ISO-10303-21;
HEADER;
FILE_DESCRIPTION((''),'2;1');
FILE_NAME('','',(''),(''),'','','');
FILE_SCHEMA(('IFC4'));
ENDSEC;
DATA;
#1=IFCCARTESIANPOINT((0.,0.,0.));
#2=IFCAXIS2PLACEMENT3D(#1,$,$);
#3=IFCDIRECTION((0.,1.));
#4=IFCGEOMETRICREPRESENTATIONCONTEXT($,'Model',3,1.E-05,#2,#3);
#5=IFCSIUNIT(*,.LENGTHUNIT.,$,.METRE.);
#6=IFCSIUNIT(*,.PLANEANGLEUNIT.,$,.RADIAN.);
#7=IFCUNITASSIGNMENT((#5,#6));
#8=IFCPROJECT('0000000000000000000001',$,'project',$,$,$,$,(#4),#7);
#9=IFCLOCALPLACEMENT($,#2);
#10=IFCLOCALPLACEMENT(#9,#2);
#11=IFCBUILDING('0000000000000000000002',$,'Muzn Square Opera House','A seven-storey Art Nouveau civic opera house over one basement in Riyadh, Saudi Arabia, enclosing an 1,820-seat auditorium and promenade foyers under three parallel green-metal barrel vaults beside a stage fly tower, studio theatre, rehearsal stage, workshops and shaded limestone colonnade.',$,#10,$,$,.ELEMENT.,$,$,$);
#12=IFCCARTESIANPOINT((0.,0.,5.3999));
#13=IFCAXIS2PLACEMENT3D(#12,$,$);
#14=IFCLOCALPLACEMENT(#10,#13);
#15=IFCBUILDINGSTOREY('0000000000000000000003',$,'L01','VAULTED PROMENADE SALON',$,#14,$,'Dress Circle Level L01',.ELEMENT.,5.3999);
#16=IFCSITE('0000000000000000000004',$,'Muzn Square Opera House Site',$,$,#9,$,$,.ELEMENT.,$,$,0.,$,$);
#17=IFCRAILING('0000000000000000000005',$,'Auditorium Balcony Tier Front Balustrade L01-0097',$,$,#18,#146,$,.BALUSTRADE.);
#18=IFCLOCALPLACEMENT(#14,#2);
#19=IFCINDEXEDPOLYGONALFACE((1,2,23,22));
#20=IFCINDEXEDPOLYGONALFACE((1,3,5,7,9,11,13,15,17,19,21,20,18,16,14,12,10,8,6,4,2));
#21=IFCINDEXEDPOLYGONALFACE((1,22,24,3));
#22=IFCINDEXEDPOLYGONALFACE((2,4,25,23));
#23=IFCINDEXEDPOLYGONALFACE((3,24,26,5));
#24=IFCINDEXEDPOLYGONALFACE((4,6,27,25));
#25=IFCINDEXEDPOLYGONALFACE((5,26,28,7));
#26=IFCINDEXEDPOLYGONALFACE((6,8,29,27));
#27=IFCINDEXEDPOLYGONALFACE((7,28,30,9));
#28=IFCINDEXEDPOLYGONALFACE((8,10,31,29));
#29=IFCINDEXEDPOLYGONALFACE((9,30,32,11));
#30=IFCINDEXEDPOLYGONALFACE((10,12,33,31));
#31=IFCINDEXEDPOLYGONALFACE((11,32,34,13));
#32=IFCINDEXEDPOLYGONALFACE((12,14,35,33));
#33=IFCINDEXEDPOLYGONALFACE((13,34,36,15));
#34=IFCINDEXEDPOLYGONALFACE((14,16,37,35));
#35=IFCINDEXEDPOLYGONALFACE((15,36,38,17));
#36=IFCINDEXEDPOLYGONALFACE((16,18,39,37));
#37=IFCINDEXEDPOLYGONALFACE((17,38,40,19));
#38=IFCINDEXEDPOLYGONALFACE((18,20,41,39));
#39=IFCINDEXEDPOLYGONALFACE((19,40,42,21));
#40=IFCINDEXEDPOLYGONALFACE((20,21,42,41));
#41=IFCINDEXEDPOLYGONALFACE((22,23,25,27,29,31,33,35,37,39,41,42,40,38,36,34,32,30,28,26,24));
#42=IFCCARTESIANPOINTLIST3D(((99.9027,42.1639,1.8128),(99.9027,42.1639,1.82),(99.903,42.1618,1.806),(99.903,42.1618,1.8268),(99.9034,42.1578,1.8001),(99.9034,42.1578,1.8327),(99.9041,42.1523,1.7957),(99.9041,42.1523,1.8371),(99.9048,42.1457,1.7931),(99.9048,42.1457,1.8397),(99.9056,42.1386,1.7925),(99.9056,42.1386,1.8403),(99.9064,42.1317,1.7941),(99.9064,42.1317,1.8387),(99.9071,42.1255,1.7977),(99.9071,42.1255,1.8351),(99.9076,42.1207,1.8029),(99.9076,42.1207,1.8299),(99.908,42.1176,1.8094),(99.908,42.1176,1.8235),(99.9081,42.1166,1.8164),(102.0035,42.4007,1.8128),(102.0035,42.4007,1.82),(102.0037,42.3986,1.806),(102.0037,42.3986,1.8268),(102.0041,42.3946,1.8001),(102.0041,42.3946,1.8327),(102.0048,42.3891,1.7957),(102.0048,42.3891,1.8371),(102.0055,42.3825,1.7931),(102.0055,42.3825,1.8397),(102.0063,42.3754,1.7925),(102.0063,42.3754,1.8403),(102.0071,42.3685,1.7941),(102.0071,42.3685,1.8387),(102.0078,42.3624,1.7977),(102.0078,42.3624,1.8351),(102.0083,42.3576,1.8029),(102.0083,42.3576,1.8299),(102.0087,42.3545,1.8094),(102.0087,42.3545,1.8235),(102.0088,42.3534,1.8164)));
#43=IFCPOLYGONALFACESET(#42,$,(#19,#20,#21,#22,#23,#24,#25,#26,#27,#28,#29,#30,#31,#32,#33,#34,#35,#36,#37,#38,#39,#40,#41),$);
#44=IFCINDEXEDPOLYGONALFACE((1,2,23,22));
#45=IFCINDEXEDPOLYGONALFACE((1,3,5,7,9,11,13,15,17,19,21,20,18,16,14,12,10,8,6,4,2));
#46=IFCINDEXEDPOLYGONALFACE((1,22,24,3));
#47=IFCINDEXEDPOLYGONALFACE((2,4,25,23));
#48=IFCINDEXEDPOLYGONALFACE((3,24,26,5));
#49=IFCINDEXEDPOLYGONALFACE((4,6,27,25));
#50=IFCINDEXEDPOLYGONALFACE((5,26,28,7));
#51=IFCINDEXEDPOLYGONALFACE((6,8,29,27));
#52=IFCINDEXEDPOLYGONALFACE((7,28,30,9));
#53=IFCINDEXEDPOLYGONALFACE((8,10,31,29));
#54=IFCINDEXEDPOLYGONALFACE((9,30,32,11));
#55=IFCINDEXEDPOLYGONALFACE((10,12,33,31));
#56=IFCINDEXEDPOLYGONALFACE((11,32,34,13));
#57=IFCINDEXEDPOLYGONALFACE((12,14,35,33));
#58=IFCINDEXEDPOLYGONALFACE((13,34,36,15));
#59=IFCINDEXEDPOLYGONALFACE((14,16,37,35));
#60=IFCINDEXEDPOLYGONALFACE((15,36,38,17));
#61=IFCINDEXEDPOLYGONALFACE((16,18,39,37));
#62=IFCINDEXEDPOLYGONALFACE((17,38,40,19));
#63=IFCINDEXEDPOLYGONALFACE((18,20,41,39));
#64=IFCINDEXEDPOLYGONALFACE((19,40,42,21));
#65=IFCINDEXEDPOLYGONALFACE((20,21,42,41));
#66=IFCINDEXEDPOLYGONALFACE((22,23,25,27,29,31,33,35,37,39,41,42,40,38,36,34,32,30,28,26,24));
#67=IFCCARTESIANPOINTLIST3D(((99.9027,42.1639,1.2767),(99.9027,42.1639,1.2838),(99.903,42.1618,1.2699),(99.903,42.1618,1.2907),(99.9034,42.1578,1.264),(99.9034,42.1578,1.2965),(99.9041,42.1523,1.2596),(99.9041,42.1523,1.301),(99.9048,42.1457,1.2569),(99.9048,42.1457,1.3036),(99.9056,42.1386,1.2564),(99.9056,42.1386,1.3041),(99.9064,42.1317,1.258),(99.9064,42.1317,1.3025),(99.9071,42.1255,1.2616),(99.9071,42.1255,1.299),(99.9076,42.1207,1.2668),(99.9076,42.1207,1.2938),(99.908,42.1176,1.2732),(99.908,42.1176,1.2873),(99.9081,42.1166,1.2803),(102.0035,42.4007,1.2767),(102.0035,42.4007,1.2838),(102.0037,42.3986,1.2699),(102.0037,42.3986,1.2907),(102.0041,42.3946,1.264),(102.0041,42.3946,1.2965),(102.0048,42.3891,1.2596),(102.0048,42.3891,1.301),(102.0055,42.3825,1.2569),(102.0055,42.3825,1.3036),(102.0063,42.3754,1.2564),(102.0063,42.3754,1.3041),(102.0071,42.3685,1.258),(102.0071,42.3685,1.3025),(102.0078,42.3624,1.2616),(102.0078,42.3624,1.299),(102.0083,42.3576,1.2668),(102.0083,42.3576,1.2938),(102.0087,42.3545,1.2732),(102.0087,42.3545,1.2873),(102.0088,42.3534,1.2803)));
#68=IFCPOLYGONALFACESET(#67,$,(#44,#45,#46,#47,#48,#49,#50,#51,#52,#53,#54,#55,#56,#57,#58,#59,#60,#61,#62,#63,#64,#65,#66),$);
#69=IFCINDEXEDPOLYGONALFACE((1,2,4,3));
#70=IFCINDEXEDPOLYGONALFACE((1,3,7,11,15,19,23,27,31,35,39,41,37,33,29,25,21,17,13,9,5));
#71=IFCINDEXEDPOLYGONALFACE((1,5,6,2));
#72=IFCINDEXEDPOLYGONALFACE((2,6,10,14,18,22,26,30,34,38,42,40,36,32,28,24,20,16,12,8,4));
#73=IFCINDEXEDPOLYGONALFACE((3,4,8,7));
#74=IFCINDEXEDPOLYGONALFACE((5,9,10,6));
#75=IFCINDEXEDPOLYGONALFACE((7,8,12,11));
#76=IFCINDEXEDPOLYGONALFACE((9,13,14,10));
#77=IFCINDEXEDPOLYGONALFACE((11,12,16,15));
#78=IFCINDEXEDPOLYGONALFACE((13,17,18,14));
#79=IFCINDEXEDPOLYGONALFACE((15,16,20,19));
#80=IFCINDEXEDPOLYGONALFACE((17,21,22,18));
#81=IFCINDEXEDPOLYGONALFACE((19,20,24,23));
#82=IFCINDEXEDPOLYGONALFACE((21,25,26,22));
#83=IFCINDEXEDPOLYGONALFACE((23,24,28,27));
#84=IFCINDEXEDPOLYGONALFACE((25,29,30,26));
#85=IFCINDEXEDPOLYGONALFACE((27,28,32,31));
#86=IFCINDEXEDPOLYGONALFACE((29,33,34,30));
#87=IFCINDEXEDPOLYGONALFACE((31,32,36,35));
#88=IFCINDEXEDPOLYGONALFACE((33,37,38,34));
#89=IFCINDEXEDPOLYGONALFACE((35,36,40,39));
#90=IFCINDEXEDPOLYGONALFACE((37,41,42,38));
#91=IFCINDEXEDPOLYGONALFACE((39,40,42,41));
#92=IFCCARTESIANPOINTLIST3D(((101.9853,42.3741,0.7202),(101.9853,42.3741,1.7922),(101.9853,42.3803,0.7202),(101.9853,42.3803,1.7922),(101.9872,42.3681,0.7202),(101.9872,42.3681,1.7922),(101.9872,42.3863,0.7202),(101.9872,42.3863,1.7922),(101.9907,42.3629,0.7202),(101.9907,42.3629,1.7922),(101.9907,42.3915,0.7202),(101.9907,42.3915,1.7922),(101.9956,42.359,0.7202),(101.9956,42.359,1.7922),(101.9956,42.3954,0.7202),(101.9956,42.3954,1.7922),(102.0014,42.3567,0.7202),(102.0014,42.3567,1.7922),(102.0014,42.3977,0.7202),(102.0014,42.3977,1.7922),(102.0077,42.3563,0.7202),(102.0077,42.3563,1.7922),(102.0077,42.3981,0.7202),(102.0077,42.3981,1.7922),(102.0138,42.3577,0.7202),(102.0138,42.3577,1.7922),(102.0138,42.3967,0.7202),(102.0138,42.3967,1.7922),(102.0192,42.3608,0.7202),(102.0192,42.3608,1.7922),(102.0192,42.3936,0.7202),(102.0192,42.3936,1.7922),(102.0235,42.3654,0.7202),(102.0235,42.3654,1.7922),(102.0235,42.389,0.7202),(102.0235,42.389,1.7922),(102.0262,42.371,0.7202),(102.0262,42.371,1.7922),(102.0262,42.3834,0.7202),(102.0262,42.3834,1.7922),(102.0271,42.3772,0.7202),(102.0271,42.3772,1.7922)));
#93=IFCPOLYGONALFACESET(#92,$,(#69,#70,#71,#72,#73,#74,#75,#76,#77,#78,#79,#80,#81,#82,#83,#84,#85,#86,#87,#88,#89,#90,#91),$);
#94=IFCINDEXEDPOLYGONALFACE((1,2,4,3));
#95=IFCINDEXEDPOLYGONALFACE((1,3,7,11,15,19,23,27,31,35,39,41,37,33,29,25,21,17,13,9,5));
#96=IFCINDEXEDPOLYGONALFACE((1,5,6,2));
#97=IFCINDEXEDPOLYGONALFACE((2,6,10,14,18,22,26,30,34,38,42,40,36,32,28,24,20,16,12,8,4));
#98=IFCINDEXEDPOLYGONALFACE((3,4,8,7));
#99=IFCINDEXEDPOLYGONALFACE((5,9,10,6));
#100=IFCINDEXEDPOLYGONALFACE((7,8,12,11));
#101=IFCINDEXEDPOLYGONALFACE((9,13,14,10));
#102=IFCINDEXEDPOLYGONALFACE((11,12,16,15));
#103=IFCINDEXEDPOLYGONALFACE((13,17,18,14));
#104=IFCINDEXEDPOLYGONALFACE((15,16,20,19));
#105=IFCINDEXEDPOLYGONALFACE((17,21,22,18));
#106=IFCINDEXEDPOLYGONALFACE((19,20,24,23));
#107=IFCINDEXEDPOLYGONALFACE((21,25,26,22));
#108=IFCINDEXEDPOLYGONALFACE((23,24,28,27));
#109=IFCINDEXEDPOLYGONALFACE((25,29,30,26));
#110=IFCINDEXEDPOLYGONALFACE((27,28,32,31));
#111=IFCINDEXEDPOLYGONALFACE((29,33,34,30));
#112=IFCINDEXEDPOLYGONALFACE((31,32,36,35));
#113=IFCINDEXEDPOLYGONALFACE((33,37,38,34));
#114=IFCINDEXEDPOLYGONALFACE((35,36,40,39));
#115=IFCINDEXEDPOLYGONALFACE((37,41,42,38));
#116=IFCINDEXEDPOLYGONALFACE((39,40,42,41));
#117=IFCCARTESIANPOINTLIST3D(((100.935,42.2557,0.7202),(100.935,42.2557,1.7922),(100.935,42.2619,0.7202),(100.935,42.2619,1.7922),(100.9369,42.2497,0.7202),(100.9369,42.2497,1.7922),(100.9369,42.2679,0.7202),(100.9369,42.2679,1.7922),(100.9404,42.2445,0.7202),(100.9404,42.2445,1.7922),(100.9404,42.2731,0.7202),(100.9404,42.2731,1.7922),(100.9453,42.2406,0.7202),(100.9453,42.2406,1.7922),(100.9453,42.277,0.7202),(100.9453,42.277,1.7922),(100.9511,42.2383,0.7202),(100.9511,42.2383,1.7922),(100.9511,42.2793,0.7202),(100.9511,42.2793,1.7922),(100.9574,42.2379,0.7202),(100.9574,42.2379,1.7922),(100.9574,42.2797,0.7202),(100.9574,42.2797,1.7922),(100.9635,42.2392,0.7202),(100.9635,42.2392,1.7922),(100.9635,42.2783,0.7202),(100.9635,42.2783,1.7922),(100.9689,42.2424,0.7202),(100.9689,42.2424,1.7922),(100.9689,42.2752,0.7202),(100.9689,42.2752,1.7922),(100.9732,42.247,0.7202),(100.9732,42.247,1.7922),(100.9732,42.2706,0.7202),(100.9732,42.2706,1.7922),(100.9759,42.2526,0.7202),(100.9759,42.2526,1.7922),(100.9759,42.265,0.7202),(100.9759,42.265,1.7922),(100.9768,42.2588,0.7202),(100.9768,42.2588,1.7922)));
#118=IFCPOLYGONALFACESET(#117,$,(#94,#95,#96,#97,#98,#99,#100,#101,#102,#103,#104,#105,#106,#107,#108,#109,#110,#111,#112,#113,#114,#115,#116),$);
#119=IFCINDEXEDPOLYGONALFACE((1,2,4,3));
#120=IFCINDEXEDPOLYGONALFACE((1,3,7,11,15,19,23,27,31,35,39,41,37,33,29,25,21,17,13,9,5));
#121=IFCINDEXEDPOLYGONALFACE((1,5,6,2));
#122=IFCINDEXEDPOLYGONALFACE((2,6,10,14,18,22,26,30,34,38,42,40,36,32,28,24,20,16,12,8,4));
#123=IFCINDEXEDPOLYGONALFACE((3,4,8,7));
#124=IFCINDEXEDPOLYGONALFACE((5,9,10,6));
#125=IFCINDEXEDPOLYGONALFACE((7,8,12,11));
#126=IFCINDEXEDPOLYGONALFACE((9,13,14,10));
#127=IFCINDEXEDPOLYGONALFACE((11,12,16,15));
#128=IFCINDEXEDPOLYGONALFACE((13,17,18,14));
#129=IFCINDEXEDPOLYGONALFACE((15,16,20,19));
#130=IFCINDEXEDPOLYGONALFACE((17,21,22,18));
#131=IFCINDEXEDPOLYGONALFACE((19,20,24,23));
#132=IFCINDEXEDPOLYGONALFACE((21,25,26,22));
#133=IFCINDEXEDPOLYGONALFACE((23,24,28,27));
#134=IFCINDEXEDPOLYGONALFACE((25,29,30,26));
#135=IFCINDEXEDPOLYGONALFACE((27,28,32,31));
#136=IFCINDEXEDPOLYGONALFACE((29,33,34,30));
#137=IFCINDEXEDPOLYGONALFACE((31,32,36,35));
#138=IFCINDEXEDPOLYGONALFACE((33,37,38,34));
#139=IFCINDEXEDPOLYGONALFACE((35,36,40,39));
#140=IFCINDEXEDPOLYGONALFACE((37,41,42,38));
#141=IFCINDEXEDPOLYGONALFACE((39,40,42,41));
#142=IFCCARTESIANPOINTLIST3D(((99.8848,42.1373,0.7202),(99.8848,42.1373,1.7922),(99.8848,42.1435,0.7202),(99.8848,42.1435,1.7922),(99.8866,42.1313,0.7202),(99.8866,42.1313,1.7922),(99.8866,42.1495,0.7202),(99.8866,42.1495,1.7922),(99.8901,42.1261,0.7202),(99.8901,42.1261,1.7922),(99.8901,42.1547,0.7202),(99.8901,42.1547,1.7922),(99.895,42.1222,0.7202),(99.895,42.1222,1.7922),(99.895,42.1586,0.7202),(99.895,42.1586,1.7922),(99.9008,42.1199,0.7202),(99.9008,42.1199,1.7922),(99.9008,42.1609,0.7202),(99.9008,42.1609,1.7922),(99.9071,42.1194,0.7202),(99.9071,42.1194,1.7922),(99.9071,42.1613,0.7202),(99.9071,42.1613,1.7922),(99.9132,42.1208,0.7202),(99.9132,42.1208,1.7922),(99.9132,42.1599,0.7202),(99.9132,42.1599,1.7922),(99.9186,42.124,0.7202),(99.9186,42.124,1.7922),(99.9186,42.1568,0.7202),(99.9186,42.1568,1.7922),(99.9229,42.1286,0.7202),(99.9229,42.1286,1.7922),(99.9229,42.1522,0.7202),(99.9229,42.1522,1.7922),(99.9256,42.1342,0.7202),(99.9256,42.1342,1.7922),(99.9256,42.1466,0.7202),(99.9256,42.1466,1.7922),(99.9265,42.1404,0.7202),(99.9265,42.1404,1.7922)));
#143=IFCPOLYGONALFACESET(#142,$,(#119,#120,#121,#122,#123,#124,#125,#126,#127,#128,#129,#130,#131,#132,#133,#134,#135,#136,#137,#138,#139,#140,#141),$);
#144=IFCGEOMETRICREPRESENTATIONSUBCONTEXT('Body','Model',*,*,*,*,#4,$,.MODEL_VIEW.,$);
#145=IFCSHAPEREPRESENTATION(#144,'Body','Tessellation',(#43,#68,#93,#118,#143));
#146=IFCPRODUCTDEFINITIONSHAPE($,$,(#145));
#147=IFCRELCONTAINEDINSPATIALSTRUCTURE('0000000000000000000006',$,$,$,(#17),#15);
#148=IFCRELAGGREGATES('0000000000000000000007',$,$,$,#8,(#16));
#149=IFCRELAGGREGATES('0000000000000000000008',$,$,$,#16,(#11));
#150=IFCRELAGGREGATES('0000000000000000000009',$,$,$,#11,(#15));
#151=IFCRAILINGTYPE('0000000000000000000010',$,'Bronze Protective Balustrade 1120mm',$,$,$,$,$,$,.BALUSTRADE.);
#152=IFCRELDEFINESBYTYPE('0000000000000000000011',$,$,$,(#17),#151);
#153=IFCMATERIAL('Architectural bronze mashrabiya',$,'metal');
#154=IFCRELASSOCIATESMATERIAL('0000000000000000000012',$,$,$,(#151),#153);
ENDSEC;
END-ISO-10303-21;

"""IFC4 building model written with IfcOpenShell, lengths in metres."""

from ifc_helpers import new_model, si_unit, direction, frame, origin, origin_2d, place, context, subcontext, project, spatial, circle, extrude, material, type_object, element, save


model = new_model("IFC4")

# Units and contexts
model_context = context("Model", 3, precision=1e-05, world=origin(), true_north=direction((0.0, 1.0)))
body_context = subcontext(model_context, "Body", "Model", "MODEL_VIEW")
ifc_project = project(units=[si_unit("LENGTHUNIT", "METRE"), si_unit("PLANEANGLEUNIT", "RADIAN")], contexts=[model_context])

# Site, building, storey
site_placement = place(None, origin())
site = spatial("IfcSite", under=ifc_project, at=site_placement, Name="Muzn Square Opera House Site", CompositionType="ELEMENT", RefElevation=0.0)
building_placement = place(site_placement, origin())
building = spatial("IfcBuilding", under=site, at=building_placement, Name="Muzn Square Opera House", Description="A seven-storey Art Nouveau civic opera house over one basement in Riyadh, Saudi Arabia, enclosing an 1,820-seat auditorium and promenade foyers under three parallel green-metal barrel vaults beside a stage fly tower, studio theatre, rehearsal stage, workshops and shaded limestone colonnade.", CompositionType="ELEMENT")
storey_placement = place(building_placement, frame((0.0, 0.0, 5.3999)))
storey = spatial("IfcBuildingStorey", under=building, at=storey_placement, Name="L01", Description="VAULTED PROMENADE SALON", LongName="Dress Circle Level L01", CompositionType="ELEMENT", Elevation=5.3999)

# Railing
ifc_material_1 = material(Name="Architectural bronze mashrabiya", Category="metal")
railing_type = type_object("IfcRailingType", Name="Bronze Protective Balustrade 1120mm", PredefinedType="BALUSTRADE", material=ifc_material_1)
railing_1_placement = place(storey_placement, frame((102.0061, 42.3772, 0.7202)))
element("IfcRailing", 1, at=railing_1_placement, inside=storey, type_object=railing_type, Name="Auditorium Balcony Tier Front Balustrade L01-0097", PredefinedType="BALUSTRADE", context=body_context, shape_type="SweptSolid", body=[
    extrude(circle(Radius=0.0239, at=origin_2d()), frame((0.0, 0.0, 1.0962), z_axis=(-0.993705, -0.112029, 0.0), x_axis=(0.112029, -0.993705, 0.0)), (0.0, 0.0, 1.0), 2.114),
    extrude(circle(Radius=0.0239, at=origin_2d()), frame((0.0, 0.0, 0.5601), z_axis=(-0.993705, -0.112029, 0.0), x_axis=(0.112029, -0.993705, 0.0)), (0.0, 0.0, 1.0), 2.114),
    extrude(circle(Radius=0.021, at=origin_2d()), origin(), (0.0, 0.0, 1.0), 1.072),
    extrude(circle(Radius=0.021, at=origin_2d()), frame((-1.0503, -0.1184, 0.0)), (0.0, 0.0, 1.0), 1.072),
    extrude(circle(Radius=0.021, at=origin_2d()), frame((-2.1006, -0.2368, 0.0)), (0.0, 0.0, 1.0), 1.072),
])

save(model, "model.ifc")
